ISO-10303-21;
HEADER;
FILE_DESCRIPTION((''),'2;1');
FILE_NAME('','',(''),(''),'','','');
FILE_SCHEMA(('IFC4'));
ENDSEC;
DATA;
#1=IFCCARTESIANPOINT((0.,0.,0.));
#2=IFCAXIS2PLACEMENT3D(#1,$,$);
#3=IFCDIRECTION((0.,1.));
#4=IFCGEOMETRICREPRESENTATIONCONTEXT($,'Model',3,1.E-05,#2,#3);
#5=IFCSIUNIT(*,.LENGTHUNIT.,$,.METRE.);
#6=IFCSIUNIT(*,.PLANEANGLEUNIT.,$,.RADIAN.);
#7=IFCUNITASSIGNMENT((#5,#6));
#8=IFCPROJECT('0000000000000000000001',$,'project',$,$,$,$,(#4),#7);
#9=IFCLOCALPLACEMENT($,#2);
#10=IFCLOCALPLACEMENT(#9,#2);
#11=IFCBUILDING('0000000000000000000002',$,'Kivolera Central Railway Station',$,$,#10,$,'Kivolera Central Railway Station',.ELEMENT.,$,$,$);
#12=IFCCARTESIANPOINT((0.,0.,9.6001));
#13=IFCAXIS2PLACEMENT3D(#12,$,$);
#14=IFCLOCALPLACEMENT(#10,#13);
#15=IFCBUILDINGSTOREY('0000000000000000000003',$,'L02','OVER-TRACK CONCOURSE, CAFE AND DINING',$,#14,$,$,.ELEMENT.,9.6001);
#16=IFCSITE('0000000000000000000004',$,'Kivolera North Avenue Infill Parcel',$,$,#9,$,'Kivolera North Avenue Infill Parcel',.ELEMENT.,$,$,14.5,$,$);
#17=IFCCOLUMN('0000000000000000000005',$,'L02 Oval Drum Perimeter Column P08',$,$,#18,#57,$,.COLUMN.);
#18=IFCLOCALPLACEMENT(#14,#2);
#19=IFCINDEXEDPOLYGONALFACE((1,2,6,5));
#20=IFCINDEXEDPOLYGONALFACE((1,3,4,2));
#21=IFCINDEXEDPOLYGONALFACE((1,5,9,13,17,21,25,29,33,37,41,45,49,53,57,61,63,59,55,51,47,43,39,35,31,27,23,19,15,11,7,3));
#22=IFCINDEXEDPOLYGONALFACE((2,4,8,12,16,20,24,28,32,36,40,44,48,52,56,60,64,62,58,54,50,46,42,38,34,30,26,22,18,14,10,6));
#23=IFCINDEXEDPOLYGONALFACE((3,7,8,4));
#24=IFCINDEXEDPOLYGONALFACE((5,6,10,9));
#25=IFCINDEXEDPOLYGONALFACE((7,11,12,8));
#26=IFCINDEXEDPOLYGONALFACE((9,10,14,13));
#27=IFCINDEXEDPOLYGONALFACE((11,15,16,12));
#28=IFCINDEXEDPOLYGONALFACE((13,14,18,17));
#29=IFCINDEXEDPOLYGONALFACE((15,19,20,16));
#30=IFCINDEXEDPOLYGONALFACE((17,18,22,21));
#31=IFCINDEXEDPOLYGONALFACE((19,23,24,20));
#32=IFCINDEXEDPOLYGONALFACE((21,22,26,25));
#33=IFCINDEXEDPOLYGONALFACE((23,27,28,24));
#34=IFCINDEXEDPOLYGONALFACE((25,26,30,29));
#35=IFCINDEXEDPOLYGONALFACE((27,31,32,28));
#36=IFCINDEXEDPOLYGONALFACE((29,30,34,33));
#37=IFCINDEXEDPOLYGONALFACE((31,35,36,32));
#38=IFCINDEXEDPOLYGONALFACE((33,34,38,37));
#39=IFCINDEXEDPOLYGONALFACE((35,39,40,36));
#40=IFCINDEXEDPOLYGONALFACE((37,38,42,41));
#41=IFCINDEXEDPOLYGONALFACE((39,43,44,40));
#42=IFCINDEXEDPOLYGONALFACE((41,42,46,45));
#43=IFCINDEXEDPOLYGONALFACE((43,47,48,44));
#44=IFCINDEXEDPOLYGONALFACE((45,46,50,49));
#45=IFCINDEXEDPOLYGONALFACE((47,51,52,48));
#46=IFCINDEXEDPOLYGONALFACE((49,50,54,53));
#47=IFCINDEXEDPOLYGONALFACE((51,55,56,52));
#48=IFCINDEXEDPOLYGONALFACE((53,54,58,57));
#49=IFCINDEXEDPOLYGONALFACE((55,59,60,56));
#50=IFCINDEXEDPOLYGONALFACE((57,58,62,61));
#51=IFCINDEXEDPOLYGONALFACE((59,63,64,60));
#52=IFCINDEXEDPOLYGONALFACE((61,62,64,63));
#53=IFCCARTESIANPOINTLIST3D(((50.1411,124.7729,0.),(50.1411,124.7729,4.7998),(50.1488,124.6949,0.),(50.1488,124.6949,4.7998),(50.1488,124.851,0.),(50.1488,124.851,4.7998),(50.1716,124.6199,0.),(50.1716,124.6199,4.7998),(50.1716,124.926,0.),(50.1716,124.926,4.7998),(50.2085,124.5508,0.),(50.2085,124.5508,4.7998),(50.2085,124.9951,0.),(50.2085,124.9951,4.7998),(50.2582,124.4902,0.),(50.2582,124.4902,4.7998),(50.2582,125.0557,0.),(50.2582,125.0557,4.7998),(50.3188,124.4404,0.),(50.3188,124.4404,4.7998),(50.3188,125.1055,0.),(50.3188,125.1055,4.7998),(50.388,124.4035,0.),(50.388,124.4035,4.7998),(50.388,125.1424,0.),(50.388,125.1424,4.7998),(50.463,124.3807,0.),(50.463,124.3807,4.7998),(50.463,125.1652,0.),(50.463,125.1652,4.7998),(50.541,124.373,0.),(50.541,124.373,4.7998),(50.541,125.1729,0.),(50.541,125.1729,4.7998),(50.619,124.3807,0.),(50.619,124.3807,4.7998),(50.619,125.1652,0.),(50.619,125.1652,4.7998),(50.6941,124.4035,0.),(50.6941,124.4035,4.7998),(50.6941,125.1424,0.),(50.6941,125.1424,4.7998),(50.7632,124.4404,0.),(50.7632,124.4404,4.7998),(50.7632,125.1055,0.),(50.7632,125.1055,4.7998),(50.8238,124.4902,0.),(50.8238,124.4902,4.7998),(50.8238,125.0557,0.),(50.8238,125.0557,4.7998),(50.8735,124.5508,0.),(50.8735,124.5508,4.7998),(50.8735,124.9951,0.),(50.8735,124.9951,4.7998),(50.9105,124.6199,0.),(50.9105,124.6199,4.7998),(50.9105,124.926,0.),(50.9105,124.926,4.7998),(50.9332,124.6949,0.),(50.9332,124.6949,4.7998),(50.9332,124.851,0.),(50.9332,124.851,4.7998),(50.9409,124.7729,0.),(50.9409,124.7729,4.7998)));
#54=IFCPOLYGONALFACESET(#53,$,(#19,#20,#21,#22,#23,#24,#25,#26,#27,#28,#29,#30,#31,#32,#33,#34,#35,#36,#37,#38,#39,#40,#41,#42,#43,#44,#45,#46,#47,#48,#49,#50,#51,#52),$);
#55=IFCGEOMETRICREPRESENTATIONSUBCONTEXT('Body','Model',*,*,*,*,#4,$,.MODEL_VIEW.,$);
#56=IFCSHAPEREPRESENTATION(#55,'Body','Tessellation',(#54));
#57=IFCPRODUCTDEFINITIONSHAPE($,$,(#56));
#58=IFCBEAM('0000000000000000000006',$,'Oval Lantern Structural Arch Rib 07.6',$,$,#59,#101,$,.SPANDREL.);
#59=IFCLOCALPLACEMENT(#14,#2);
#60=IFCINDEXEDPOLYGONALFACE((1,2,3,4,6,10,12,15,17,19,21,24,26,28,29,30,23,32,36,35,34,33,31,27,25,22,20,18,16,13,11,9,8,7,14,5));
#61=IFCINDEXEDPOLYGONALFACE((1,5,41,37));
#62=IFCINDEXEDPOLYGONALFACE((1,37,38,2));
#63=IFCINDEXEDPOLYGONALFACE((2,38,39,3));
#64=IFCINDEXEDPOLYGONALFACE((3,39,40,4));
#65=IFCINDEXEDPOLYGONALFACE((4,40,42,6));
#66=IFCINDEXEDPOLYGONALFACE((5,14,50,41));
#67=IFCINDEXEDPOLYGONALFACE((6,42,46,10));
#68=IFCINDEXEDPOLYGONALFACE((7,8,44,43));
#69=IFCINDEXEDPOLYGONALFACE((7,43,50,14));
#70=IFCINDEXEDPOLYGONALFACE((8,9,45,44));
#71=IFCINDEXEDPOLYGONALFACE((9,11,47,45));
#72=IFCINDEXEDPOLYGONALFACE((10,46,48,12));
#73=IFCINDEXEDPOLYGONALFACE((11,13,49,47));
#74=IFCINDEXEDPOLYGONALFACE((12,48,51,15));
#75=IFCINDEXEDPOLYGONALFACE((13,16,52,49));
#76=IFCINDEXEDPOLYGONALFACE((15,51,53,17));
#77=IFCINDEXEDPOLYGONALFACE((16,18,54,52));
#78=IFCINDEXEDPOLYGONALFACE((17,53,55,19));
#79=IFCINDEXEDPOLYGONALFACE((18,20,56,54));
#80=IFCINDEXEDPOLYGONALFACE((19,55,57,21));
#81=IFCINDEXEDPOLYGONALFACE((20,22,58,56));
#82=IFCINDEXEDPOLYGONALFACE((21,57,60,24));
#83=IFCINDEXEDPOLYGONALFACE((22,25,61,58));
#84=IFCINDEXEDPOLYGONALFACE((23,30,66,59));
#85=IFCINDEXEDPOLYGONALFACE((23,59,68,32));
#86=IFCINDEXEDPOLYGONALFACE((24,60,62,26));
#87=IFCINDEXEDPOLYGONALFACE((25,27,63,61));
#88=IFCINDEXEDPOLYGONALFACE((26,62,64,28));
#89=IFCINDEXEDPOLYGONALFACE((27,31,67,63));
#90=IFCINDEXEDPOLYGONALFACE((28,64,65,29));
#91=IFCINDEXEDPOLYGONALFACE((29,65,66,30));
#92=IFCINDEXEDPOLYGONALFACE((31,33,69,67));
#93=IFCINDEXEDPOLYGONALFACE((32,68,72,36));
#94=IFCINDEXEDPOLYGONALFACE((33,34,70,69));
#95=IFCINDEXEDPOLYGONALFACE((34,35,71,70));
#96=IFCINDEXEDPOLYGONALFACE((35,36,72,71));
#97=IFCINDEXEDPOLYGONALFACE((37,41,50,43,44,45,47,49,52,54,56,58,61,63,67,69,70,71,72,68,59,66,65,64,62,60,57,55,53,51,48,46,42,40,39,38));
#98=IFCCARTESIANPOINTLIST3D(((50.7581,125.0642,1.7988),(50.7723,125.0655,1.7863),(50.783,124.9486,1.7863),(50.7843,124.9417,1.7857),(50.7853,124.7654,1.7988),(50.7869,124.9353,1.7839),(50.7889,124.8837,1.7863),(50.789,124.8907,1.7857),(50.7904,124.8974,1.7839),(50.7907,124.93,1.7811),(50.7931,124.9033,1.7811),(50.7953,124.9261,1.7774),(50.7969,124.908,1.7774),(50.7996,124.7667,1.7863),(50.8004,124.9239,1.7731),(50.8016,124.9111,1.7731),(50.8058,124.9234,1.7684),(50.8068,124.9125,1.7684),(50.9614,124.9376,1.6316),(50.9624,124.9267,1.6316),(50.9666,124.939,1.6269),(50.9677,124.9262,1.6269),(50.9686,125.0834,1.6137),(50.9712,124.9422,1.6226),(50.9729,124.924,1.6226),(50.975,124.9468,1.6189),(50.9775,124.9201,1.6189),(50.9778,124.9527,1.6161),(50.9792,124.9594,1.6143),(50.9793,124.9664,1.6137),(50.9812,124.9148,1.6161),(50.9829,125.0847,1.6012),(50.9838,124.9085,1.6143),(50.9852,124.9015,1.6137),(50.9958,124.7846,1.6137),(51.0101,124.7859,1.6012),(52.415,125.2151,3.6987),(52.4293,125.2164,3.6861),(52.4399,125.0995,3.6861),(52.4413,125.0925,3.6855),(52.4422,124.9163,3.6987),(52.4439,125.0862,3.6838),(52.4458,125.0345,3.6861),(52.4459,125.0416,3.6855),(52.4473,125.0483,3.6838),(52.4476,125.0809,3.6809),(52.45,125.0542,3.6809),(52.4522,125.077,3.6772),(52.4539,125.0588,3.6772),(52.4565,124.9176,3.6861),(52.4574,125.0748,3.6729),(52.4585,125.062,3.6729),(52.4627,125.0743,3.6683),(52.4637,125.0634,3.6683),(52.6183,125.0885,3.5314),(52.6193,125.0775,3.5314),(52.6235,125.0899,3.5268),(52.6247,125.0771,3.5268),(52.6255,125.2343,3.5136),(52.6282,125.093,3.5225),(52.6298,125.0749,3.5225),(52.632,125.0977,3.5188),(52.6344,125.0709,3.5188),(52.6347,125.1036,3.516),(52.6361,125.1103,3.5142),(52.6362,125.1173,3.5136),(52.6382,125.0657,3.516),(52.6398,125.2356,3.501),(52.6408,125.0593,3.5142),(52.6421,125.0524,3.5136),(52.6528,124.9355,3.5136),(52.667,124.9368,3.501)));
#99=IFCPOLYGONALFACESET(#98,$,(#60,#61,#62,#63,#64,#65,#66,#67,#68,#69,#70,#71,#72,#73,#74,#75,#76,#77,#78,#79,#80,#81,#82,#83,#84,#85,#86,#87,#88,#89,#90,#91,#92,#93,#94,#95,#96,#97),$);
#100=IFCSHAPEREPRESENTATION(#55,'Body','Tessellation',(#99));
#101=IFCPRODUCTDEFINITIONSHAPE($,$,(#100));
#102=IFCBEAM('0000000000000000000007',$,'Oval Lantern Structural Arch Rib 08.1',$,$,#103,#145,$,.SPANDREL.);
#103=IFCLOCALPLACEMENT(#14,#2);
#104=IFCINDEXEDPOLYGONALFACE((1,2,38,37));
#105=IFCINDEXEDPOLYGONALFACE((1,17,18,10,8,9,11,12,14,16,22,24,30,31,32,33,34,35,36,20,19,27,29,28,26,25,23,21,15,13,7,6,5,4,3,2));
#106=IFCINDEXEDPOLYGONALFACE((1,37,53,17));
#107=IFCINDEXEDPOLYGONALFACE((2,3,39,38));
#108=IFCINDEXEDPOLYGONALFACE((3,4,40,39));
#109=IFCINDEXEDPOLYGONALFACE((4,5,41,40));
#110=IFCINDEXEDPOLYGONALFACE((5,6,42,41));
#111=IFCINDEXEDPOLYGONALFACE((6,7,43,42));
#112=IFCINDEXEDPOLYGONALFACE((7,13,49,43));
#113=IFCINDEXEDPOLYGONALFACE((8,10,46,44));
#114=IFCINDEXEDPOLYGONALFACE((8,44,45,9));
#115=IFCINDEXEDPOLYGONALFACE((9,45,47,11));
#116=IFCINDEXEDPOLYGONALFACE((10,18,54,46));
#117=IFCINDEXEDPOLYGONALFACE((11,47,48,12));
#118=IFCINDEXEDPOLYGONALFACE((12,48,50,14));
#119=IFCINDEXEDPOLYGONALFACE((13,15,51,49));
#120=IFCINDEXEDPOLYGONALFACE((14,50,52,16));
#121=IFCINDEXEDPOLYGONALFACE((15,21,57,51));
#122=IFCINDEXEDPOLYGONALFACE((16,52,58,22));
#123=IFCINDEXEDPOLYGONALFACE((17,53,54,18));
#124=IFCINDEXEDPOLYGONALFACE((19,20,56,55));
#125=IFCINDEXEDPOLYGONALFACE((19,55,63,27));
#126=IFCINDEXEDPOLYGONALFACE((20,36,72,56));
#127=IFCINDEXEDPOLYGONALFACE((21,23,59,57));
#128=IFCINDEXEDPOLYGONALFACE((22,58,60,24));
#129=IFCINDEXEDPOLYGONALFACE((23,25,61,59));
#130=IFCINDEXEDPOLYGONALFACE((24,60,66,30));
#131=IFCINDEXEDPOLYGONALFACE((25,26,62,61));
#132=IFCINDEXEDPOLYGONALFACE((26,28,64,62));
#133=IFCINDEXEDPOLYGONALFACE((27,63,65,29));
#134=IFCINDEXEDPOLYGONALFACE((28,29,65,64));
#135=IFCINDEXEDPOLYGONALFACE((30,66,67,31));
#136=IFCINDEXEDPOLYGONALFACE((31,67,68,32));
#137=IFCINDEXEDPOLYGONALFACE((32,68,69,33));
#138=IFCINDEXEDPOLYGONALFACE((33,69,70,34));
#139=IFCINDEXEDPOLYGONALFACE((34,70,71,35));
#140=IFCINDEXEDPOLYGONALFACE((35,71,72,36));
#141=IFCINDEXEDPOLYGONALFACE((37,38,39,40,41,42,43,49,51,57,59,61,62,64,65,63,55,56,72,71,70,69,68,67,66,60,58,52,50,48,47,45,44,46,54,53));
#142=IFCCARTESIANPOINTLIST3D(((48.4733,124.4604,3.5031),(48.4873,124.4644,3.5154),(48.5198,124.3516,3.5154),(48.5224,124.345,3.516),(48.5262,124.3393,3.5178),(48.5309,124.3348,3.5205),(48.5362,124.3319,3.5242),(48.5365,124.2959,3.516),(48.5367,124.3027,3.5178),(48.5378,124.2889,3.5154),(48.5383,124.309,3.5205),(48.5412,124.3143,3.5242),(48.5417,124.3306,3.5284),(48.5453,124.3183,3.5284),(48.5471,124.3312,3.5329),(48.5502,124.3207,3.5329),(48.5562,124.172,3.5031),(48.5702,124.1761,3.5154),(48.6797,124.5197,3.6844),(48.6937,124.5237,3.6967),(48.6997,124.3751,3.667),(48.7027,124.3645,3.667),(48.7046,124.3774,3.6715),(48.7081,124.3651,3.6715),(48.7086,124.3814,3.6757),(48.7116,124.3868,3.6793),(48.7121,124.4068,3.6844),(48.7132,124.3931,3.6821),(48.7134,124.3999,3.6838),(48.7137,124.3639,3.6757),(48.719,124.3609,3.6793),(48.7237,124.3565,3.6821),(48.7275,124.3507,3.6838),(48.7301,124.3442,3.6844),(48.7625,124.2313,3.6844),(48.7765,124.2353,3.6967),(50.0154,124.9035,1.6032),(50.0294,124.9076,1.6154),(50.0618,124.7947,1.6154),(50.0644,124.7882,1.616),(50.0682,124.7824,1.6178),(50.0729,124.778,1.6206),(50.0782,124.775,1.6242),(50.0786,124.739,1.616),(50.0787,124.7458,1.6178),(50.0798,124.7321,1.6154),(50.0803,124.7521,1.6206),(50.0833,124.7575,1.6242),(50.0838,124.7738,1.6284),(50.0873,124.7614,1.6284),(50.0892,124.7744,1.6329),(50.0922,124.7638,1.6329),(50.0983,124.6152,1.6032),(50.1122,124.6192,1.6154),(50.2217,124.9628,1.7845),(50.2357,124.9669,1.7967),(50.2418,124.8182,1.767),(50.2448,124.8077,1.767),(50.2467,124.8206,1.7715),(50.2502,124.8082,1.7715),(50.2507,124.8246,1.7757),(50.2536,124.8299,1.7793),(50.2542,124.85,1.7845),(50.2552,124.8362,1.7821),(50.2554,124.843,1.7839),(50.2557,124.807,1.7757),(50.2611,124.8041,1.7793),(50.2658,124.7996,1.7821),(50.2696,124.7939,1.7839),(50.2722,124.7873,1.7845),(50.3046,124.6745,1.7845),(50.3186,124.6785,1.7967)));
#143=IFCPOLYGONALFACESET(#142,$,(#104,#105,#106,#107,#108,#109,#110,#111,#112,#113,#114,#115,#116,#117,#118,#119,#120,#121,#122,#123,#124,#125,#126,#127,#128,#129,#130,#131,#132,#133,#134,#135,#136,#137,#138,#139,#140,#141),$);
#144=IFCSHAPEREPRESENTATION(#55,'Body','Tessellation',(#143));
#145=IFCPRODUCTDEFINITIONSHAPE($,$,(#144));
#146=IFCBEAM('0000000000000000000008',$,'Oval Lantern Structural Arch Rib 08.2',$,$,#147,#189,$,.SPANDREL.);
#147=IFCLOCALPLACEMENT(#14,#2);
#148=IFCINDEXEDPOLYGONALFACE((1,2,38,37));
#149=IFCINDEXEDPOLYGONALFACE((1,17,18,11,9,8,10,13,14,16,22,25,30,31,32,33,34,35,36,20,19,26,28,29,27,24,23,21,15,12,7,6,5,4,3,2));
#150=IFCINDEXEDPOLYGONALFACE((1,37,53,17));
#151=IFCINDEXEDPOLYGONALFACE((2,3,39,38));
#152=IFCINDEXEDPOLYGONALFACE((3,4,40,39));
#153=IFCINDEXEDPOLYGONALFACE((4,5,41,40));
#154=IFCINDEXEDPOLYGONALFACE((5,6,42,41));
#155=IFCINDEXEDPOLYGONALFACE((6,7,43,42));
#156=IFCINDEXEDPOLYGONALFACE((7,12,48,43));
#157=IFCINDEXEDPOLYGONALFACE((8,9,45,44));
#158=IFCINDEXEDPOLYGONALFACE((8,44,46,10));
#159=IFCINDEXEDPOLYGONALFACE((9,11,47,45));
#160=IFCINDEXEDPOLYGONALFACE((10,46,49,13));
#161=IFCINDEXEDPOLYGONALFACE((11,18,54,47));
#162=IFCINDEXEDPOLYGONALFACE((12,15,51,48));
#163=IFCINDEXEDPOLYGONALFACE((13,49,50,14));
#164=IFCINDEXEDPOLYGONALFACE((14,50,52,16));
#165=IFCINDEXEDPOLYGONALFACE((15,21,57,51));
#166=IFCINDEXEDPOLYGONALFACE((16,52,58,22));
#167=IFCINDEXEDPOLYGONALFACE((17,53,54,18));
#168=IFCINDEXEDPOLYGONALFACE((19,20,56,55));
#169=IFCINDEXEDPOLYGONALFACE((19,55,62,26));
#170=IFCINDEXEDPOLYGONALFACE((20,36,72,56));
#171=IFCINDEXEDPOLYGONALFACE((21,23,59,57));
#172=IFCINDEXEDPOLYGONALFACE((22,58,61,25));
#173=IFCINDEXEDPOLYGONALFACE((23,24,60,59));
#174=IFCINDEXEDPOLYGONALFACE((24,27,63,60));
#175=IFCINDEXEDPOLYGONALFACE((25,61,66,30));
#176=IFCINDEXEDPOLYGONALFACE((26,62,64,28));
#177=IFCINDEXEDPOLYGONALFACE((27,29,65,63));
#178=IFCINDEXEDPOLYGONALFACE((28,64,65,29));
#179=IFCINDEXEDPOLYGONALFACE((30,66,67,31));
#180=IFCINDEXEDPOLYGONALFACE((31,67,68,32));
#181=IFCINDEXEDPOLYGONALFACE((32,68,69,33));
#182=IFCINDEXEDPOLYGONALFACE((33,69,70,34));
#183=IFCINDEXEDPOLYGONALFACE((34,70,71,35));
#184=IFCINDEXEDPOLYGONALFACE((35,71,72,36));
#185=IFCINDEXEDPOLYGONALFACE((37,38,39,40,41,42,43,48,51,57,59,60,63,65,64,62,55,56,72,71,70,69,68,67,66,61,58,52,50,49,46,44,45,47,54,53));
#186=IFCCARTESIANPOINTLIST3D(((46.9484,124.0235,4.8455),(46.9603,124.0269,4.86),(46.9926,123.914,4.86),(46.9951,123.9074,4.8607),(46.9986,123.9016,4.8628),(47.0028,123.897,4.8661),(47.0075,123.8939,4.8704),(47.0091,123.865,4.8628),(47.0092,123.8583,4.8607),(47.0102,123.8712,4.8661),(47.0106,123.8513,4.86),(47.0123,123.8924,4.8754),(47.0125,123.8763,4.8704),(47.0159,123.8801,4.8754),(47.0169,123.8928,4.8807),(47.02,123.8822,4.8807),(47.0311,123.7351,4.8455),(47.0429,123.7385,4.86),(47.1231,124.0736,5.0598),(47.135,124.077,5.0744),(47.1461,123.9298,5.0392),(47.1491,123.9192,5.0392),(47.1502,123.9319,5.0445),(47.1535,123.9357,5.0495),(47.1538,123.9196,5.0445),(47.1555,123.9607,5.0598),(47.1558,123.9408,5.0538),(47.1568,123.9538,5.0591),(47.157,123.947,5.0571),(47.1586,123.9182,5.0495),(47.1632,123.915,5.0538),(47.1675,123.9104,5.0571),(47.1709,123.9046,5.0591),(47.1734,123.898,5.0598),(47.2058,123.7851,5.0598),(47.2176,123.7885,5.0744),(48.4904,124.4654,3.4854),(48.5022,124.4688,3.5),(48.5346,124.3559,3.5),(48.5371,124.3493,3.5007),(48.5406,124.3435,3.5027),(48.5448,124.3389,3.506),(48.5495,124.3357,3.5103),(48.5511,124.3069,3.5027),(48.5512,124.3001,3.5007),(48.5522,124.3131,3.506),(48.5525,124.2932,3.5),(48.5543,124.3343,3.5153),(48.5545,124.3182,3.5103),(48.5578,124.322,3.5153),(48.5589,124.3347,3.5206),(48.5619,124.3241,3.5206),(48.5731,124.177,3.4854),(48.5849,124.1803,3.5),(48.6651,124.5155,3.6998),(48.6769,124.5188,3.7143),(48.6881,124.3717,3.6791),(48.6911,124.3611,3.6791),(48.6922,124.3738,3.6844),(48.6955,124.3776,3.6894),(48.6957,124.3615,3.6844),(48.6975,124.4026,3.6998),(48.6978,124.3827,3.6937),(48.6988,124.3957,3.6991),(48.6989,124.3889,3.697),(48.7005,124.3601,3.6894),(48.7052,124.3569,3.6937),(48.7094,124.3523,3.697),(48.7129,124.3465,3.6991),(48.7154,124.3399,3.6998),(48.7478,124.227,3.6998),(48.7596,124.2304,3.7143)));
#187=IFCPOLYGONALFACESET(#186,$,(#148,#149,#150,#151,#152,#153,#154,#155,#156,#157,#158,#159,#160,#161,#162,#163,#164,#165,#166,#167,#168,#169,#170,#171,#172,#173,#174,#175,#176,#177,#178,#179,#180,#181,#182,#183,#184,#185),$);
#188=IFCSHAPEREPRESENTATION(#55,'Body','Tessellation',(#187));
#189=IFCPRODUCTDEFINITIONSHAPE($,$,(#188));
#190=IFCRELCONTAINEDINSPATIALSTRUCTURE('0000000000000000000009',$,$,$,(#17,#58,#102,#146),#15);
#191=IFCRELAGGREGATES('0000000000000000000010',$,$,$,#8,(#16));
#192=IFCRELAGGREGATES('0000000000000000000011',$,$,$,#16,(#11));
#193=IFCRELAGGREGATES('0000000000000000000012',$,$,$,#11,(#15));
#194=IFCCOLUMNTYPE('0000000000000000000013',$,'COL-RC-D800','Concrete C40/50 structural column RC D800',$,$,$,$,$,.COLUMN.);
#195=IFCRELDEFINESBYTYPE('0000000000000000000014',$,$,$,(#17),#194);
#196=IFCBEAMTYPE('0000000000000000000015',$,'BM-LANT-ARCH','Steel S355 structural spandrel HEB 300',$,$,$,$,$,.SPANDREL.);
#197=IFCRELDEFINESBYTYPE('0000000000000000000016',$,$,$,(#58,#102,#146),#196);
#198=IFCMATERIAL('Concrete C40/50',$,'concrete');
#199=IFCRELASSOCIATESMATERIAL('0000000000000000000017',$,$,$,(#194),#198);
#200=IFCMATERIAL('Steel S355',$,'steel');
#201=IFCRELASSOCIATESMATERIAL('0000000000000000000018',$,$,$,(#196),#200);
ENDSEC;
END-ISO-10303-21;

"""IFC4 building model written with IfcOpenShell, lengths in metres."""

from ifc_helpers import new_model, si_unit, direction, frame, origin, origin_2d, place, context, subcontext, project, spatial, circle, i_section, extrude, material, material_profile, profile_set, type_object, element, save


model = new_model("IFC4")

# Units and contexts
model_context = context("Model", 3, precision=1e-05, world=origin(), true_north=direction((0.0, 1.0)))
body_context = subcontext(model_context, "Body", "Model", "MODEL_VIEW")
ifc_project = project(units=[si_unit("LENGTHUNIT", "METRE"), si_unit("PLANEANGLEUNIT", "RADIAN")], contexts=[model_context])

# Site, building, storey
site_placement = place(None, origin())
site = spatial("IfcSite", under=ifc_project, at=site_placement, Name="Kivolera North Avenue Infill Parcel", LongName="Kivolera North Avenue Infill Parcel", CompositionType="ELEMENT", RefElevation=14.5)
building_placement = place(site_placement, origin())
building = spatial("IfcBuilding", under=site, at=building_placement, Name="Kivolera Central Railway Station", LongName="Kivolera Central Railway Station", CompositionType="ELEMENT")
storey_placement = place(building_placement, frame((0.0, 0.0, 9.6001)))
storey = spatial("IfcBuildingStorey", under=building, at=storey_placement, Name="L02", Description="OVER-TRACK CONCOURSE, CAFE AND DINING", CompositionType="ELEMENT", Elevation=9.6001)

# Column
ifc_material_1 = material(Name="Concrete C40/50", Category="concrete")
ifc_material_profile_1 = material_profile(ifc_material_1, circle(Radius=0.3999, at=origin_2d()), Name="RC D800")
ifc_profile_set_1 = profile_set([ifc_material_profile_1], Name="Concrete C40/50")
column_type = type_object("IfcColumnType", Name="COL-RC-D800", Description="Concrete C40/50 structural column RC D800", PredefinedType="COLUMN", material=ifc_profile_set_1)
column_placement = place(storey_placement, frame((50.541, 124.7729, 0.0), z_axis=(0.0, 0.0, 1.0), x_axis=(1.0, 0.0, 0.0)))
element("IfcColumn", 1, at=column_placement, inside=storey, type_object=column_type, Name="L02 Oval Drum Perimeter Column P08", PredefinedType="COLUMN", context=body_context, shape_type="SweptSolid", body=[
    extrude(circle(Radius=0.3999, at=origin_2d()), origin(), (0.0, 0.0, 1.0), 4.7998),
])

# Beams
ifc_material_2 = material(Name="Steel S355", Category="steel")
ifc_material_profile_2 = material_profile(ifc_material_2, i_section(OverallWidth=0.3, OverallDepth=0.3, WebThickness=0.011, FlangeThickness=0.019, FilletRadius=0.0271, at=origin_2d()), Name="HEB 300")
ifc_profile_set_2 = profile_set([ifc_material_profile_2], Name="Steel S355")
beam_type = type_object("IfcBeamType", Name="BM-LANT-ARCH", Description="Steel S355 structural spandrel HEB 300", PredefinedType="SPANDREL", material=ifc_profile_set_2)
beam_1_placement = place(storey_placement, frame((52.541, 125.0759, 3.5999), z_axis=(-0.656109, -0.059743, -0.752297), x_axis=(0.090681, -0.99588, 0.0)))
element("IfcBeam", 2, at=beam_1_placement, inside=storey, type_object=beam_type, Name="Oval Lantern Structural Arch Rib 07.6", PredefinedType="SPANDREL", context=body_context, shape_type="SweptSolid", body=[
    extrude(i_section(OverallWidth=0.3, OverallDepth=0.3, WebThickness=0.011, FlangeThickness=0.019, FilletRadius=0.0271, at=origin_2d()), origin(), (0.0, 0.0, 1.0), 2.5254),
])
beam_2_placement = place(storey_placement, frame((50.167, 124.791, 1.7), z_axis=(-0.620094, -0.178193, 0.764023), x_axis=(0.276188, -0.961104, 0.0)))
element("IfcBeam", 3, at=beam_2_placement, inside=storey, type_object=beam_type, Name="Oval Lantern Structural Arch Rib 08.1", PredefinedType="SPANDREL", context=body_context, shape_type="SweptSolid", body=[
    extrude(i_section(OverallWidth=0.3, OverallDepth=0.3, WebThickness=0.011, FlangeThickness=0.019, FilletRadius=0.0271, at=origin_2d()), origin(), (0.0, 0.0, 1.0), 2.4868),
])
beam_3_placement = place(storey_placement, frame((48.625, 124.3479, 3.5999), z_axis=(-0.73321, -0.210119, 0.646725), x_axis=(0.275485, -0.961305, 0.0)))
element("IfcBeam", 4, at=beam_3_placement, inside=storey, type_object=beam_type, Name="Oval Lantern Structural Arch Rib 08.2", PredefinedType="SPANDREL", context=body_context, shape_type="SweptSolid", body=[
    extrude(i_section(OverallWidth=0.3, OverallDepth=0.3, WebThickness=0.011, FlangeThickness=0.019, FilletRadius=0.0271, at=origin_2d()), origin(), (0.0, 0.0, 1.0), 2.103),
])

save(model, "model.ifc")
